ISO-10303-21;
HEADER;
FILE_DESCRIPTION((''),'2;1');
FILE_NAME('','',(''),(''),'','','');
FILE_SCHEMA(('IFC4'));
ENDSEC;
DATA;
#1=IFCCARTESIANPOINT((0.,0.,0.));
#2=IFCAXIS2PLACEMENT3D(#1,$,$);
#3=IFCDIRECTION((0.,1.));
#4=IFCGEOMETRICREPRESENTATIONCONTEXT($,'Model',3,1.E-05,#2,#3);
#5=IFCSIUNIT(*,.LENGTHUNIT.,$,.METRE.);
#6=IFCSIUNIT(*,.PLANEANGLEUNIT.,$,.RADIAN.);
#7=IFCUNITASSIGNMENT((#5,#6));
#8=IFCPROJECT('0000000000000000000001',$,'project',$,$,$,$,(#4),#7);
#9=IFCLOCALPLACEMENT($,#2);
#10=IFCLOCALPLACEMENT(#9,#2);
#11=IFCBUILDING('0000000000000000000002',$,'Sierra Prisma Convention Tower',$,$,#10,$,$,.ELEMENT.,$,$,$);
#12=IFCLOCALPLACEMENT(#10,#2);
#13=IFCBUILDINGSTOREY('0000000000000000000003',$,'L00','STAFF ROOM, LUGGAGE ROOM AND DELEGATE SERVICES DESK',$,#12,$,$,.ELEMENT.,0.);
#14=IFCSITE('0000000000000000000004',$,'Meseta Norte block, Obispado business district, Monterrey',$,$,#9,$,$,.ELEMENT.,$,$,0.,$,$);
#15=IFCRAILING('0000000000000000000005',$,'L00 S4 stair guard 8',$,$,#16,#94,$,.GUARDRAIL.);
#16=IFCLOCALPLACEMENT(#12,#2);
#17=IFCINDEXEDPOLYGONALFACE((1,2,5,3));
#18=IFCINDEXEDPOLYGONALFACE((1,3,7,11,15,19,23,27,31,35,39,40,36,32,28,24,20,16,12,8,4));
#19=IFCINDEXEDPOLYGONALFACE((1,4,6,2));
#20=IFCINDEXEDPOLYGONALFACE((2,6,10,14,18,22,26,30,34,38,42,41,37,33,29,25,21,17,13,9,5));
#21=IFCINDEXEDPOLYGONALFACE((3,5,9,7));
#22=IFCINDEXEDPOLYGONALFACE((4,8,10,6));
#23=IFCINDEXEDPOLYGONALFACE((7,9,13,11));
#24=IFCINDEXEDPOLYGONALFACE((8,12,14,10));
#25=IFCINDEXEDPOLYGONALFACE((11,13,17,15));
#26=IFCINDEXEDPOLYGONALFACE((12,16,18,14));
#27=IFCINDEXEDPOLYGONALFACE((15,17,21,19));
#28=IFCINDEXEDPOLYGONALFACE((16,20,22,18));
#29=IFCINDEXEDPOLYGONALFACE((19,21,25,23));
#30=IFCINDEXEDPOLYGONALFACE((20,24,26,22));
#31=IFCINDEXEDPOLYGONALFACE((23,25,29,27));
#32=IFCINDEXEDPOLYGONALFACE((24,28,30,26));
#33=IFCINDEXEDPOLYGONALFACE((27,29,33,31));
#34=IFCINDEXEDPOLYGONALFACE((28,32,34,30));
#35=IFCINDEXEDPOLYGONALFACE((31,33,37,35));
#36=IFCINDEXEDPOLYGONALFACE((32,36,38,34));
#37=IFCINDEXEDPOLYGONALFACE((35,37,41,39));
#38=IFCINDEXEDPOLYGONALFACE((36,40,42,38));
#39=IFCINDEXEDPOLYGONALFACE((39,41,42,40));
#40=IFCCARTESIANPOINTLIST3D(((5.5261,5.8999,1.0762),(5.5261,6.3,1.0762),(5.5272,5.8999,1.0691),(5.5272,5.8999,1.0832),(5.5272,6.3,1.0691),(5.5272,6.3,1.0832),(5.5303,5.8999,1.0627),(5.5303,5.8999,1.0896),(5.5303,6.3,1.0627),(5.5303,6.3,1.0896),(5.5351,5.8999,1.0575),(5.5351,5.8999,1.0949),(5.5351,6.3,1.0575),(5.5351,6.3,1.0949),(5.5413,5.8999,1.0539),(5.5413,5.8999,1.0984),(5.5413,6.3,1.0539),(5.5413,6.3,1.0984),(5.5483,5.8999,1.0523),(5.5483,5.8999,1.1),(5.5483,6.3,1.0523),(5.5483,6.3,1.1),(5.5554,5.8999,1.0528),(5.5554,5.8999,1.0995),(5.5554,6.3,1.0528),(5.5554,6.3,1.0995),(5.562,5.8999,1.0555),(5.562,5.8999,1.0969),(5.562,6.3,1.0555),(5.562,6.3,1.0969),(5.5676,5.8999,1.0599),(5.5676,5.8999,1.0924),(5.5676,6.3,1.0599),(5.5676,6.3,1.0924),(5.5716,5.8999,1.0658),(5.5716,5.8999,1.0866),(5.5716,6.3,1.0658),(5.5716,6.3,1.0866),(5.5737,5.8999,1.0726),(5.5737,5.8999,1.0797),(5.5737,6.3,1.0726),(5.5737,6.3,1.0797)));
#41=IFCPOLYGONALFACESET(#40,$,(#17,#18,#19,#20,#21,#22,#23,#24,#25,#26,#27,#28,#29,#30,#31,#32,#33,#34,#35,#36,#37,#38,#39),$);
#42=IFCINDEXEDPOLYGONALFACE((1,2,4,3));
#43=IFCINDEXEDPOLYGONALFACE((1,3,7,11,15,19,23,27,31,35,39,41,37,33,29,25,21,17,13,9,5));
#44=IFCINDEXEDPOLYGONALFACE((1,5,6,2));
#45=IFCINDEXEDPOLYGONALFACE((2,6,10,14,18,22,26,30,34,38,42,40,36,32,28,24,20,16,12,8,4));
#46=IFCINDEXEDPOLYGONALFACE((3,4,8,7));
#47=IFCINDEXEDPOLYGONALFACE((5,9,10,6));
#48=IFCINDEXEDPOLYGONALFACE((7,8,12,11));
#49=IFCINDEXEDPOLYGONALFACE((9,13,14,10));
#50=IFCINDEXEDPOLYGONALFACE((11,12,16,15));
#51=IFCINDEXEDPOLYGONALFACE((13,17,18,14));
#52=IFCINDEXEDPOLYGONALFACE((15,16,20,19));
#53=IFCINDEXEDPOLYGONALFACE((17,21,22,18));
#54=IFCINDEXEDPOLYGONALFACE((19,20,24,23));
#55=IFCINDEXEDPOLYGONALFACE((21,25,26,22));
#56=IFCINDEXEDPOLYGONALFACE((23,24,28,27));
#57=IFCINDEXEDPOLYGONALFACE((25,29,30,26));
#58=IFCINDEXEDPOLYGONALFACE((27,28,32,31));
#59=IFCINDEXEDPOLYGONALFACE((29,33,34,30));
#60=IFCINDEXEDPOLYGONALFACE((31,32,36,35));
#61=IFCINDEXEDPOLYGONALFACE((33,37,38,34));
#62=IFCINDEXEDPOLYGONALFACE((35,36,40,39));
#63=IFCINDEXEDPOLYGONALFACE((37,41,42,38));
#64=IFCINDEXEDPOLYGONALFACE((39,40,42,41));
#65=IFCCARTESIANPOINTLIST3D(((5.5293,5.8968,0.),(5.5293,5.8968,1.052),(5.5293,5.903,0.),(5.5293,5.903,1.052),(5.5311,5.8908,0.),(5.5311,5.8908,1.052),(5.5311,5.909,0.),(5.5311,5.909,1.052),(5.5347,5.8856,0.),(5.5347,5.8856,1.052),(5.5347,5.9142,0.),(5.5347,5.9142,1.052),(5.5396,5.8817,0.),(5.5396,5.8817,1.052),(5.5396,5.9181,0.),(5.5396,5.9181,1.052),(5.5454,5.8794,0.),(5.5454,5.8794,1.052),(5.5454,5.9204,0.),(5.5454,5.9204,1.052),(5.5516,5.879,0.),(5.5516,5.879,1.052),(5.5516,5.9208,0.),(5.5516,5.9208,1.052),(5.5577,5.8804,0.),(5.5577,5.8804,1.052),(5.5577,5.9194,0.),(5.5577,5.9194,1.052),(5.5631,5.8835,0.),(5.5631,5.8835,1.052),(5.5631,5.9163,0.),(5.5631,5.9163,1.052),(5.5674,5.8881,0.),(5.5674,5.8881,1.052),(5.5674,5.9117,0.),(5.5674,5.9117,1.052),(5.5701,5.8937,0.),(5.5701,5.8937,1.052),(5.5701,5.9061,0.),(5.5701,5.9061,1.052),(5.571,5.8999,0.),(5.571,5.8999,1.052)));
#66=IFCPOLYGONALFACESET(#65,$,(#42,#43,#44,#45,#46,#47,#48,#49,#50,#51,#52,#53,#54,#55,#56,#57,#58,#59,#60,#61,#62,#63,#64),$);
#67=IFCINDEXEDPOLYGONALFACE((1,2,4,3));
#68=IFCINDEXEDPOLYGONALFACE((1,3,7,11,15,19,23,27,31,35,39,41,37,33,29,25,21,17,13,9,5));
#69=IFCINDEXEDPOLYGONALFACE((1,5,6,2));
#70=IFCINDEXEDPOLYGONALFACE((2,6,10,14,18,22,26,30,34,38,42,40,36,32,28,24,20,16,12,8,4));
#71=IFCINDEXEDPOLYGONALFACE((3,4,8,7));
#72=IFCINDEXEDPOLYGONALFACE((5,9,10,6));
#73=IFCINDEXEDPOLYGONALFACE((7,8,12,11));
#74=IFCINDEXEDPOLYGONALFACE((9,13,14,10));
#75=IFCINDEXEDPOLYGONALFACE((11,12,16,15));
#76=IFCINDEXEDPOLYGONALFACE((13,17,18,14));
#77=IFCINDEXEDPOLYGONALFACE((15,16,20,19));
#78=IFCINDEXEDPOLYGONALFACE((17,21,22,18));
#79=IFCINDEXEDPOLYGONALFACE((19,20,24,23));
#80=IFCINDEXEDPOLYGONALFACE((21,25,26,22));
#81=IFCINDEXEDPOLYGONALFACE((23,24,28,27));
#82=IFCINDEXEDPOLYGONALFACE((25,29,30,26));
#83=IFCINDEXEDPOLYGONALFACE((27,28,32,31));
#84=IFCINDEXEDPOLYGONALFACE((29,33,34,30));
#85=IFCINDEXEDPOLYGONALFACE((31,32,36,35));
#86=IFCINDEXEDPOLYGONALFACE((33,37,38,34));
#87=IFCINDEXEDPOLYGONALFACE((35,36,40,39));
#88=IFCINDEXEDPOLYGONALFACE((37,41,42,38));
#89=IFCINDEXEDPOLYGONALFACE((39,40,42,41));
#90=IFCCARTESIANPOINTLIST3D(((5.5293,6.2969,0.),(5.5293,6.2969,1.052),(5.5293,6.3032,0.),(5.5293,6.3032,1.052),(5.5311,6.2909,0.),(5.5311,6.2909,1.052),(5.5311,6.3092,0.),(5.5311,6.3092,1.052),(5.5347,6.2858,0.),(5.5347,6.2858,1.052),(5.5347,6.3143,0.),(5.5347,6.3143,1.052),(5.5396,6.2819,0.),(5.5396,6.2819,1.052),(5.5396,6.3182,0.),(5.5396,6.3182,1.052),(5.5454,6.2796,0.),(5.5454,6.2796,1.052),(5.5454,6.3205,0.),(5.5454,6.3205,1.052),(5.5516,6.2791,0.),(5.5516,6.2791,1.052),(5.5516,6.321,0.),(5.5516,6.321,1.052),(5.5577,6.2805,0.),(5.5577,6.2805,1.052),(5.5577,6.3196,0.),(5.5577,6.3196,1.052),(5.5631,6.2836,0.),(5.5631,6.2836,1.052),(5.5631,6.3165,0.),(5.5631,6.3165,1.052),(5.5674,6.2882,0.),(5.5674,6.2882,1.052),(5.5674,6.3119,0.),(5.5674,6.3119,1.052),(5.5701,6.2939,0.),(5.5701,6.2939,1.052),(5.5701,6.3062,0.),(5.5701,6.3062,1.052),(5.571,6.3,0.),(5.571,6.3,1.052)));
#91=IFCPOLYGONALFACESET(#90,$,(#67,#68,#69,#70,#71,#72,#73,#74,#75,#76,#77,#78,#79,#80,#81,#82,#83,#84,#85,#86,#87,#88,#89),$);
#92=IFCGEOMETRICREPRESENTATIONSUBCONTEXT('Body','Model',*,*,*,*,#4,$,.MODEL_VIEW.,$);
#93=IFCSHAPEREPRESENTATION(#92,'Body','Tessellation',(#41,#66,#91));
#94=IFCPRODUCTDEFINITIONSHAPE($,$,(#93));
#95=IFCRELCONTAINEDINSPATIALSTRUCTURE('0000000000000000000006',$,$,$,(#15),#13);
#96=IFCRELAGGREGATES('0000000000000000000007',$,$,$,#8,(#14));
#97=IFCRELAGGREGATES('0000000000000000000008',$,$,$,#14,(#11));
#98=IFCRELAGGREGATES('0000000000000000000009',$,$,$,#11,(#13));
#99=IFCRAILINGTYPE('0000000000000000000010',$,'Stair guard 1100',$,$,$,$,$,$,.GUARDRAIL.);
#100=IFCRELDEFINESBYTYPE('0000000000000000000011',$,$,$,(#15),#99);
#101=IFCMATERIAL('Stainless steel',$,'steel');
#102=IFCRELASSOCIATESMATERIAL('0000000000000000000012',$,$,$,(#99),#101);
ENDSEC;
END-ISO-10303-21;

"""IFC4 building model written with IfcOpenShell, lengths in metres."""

from ifc_helpers import new_model, si_unit, direction, frame, origin, origin_2d, place, context, subcontext, project, spatial, circle, extrude, material, type_object, element, save


model = new_model("IFC4")

# Units and contexts
model_context = context("Model", 3, precision=1e-05, world=origin(), true_north=direction((0.0, 1.0)))
body_context = subcontext(model_context, "Body", "Model", "MODEL_VIEW")
ifc_project = project(units=[si_unit("LENGTHUNIT", "METRE"), si_unit("PLANEANGLEUNIT", "RADIAN")], contexts=[model_context])

# Site, building, storey
site_placement = place(None, origin())
site = spatial("IfcSite", under=ifc_project, at=site_placement, Name="Meseta Norte block, Obispado business district, Monterrey", CompositionType="ELEMENT", RefElevation=0.0)
building_placement = place(site_placement, origin())
building = spatial("IfcBuilding", under=site, at=building_placement, Name="Sierra Prisma Convention Tower", CompositionType="ELEMENT")
storey_placement = place(building_placement, origin())
storey = spatial("IfcBuildingStorey", under=building, at=storey_placement, Name="L00", Description="STAFF ROOM, LUGGAGE ROOM AND DELEGATE SERVICES DESK", CompositionType="ELEMENT", Elevation=0.0)

# Railing
ifc_material_1 = material(Name="Stainless steel", Category="steel")
railing_type_1 = type_object("IfcRailingType", Name="Stair guard 1100", PredefinedType="GUARDRAIL", material=ifc_material_1)
railing_1_placement = place(storey_placement, frame((5.55, 5.8999, 0.0)))
element("IfcRailing", 1, at=railing_1_placement, inside=storey, type_object=railing_type_1, Name="L00 S4 stair guard 8", PredefinedType="GUARDRAIL", context=body_context, shape_type="SweptSolid", body=[
    extrude(circle(Radius=0.0239, at=origin_2d()), frame((0.0, 0.0, 1.0762), z_axis=(0.0, 1.0, 0.0), x_axis=(-1.0, 0.0, 0.0)), (0.0, 0.0, 1.0), 0.4001),
    extrude(circle(Radius=0.021, at=origin_2d()), origin(), (0.0, 0.0, 1.0), 1.052),
    extrude(circle(Radius=0.021, at=origin_2d()), frame((0.0, 0.4001, 0.0)), (0.0, 0.0, 1.0), 1.052),
])

save(model, "model.ifc")
